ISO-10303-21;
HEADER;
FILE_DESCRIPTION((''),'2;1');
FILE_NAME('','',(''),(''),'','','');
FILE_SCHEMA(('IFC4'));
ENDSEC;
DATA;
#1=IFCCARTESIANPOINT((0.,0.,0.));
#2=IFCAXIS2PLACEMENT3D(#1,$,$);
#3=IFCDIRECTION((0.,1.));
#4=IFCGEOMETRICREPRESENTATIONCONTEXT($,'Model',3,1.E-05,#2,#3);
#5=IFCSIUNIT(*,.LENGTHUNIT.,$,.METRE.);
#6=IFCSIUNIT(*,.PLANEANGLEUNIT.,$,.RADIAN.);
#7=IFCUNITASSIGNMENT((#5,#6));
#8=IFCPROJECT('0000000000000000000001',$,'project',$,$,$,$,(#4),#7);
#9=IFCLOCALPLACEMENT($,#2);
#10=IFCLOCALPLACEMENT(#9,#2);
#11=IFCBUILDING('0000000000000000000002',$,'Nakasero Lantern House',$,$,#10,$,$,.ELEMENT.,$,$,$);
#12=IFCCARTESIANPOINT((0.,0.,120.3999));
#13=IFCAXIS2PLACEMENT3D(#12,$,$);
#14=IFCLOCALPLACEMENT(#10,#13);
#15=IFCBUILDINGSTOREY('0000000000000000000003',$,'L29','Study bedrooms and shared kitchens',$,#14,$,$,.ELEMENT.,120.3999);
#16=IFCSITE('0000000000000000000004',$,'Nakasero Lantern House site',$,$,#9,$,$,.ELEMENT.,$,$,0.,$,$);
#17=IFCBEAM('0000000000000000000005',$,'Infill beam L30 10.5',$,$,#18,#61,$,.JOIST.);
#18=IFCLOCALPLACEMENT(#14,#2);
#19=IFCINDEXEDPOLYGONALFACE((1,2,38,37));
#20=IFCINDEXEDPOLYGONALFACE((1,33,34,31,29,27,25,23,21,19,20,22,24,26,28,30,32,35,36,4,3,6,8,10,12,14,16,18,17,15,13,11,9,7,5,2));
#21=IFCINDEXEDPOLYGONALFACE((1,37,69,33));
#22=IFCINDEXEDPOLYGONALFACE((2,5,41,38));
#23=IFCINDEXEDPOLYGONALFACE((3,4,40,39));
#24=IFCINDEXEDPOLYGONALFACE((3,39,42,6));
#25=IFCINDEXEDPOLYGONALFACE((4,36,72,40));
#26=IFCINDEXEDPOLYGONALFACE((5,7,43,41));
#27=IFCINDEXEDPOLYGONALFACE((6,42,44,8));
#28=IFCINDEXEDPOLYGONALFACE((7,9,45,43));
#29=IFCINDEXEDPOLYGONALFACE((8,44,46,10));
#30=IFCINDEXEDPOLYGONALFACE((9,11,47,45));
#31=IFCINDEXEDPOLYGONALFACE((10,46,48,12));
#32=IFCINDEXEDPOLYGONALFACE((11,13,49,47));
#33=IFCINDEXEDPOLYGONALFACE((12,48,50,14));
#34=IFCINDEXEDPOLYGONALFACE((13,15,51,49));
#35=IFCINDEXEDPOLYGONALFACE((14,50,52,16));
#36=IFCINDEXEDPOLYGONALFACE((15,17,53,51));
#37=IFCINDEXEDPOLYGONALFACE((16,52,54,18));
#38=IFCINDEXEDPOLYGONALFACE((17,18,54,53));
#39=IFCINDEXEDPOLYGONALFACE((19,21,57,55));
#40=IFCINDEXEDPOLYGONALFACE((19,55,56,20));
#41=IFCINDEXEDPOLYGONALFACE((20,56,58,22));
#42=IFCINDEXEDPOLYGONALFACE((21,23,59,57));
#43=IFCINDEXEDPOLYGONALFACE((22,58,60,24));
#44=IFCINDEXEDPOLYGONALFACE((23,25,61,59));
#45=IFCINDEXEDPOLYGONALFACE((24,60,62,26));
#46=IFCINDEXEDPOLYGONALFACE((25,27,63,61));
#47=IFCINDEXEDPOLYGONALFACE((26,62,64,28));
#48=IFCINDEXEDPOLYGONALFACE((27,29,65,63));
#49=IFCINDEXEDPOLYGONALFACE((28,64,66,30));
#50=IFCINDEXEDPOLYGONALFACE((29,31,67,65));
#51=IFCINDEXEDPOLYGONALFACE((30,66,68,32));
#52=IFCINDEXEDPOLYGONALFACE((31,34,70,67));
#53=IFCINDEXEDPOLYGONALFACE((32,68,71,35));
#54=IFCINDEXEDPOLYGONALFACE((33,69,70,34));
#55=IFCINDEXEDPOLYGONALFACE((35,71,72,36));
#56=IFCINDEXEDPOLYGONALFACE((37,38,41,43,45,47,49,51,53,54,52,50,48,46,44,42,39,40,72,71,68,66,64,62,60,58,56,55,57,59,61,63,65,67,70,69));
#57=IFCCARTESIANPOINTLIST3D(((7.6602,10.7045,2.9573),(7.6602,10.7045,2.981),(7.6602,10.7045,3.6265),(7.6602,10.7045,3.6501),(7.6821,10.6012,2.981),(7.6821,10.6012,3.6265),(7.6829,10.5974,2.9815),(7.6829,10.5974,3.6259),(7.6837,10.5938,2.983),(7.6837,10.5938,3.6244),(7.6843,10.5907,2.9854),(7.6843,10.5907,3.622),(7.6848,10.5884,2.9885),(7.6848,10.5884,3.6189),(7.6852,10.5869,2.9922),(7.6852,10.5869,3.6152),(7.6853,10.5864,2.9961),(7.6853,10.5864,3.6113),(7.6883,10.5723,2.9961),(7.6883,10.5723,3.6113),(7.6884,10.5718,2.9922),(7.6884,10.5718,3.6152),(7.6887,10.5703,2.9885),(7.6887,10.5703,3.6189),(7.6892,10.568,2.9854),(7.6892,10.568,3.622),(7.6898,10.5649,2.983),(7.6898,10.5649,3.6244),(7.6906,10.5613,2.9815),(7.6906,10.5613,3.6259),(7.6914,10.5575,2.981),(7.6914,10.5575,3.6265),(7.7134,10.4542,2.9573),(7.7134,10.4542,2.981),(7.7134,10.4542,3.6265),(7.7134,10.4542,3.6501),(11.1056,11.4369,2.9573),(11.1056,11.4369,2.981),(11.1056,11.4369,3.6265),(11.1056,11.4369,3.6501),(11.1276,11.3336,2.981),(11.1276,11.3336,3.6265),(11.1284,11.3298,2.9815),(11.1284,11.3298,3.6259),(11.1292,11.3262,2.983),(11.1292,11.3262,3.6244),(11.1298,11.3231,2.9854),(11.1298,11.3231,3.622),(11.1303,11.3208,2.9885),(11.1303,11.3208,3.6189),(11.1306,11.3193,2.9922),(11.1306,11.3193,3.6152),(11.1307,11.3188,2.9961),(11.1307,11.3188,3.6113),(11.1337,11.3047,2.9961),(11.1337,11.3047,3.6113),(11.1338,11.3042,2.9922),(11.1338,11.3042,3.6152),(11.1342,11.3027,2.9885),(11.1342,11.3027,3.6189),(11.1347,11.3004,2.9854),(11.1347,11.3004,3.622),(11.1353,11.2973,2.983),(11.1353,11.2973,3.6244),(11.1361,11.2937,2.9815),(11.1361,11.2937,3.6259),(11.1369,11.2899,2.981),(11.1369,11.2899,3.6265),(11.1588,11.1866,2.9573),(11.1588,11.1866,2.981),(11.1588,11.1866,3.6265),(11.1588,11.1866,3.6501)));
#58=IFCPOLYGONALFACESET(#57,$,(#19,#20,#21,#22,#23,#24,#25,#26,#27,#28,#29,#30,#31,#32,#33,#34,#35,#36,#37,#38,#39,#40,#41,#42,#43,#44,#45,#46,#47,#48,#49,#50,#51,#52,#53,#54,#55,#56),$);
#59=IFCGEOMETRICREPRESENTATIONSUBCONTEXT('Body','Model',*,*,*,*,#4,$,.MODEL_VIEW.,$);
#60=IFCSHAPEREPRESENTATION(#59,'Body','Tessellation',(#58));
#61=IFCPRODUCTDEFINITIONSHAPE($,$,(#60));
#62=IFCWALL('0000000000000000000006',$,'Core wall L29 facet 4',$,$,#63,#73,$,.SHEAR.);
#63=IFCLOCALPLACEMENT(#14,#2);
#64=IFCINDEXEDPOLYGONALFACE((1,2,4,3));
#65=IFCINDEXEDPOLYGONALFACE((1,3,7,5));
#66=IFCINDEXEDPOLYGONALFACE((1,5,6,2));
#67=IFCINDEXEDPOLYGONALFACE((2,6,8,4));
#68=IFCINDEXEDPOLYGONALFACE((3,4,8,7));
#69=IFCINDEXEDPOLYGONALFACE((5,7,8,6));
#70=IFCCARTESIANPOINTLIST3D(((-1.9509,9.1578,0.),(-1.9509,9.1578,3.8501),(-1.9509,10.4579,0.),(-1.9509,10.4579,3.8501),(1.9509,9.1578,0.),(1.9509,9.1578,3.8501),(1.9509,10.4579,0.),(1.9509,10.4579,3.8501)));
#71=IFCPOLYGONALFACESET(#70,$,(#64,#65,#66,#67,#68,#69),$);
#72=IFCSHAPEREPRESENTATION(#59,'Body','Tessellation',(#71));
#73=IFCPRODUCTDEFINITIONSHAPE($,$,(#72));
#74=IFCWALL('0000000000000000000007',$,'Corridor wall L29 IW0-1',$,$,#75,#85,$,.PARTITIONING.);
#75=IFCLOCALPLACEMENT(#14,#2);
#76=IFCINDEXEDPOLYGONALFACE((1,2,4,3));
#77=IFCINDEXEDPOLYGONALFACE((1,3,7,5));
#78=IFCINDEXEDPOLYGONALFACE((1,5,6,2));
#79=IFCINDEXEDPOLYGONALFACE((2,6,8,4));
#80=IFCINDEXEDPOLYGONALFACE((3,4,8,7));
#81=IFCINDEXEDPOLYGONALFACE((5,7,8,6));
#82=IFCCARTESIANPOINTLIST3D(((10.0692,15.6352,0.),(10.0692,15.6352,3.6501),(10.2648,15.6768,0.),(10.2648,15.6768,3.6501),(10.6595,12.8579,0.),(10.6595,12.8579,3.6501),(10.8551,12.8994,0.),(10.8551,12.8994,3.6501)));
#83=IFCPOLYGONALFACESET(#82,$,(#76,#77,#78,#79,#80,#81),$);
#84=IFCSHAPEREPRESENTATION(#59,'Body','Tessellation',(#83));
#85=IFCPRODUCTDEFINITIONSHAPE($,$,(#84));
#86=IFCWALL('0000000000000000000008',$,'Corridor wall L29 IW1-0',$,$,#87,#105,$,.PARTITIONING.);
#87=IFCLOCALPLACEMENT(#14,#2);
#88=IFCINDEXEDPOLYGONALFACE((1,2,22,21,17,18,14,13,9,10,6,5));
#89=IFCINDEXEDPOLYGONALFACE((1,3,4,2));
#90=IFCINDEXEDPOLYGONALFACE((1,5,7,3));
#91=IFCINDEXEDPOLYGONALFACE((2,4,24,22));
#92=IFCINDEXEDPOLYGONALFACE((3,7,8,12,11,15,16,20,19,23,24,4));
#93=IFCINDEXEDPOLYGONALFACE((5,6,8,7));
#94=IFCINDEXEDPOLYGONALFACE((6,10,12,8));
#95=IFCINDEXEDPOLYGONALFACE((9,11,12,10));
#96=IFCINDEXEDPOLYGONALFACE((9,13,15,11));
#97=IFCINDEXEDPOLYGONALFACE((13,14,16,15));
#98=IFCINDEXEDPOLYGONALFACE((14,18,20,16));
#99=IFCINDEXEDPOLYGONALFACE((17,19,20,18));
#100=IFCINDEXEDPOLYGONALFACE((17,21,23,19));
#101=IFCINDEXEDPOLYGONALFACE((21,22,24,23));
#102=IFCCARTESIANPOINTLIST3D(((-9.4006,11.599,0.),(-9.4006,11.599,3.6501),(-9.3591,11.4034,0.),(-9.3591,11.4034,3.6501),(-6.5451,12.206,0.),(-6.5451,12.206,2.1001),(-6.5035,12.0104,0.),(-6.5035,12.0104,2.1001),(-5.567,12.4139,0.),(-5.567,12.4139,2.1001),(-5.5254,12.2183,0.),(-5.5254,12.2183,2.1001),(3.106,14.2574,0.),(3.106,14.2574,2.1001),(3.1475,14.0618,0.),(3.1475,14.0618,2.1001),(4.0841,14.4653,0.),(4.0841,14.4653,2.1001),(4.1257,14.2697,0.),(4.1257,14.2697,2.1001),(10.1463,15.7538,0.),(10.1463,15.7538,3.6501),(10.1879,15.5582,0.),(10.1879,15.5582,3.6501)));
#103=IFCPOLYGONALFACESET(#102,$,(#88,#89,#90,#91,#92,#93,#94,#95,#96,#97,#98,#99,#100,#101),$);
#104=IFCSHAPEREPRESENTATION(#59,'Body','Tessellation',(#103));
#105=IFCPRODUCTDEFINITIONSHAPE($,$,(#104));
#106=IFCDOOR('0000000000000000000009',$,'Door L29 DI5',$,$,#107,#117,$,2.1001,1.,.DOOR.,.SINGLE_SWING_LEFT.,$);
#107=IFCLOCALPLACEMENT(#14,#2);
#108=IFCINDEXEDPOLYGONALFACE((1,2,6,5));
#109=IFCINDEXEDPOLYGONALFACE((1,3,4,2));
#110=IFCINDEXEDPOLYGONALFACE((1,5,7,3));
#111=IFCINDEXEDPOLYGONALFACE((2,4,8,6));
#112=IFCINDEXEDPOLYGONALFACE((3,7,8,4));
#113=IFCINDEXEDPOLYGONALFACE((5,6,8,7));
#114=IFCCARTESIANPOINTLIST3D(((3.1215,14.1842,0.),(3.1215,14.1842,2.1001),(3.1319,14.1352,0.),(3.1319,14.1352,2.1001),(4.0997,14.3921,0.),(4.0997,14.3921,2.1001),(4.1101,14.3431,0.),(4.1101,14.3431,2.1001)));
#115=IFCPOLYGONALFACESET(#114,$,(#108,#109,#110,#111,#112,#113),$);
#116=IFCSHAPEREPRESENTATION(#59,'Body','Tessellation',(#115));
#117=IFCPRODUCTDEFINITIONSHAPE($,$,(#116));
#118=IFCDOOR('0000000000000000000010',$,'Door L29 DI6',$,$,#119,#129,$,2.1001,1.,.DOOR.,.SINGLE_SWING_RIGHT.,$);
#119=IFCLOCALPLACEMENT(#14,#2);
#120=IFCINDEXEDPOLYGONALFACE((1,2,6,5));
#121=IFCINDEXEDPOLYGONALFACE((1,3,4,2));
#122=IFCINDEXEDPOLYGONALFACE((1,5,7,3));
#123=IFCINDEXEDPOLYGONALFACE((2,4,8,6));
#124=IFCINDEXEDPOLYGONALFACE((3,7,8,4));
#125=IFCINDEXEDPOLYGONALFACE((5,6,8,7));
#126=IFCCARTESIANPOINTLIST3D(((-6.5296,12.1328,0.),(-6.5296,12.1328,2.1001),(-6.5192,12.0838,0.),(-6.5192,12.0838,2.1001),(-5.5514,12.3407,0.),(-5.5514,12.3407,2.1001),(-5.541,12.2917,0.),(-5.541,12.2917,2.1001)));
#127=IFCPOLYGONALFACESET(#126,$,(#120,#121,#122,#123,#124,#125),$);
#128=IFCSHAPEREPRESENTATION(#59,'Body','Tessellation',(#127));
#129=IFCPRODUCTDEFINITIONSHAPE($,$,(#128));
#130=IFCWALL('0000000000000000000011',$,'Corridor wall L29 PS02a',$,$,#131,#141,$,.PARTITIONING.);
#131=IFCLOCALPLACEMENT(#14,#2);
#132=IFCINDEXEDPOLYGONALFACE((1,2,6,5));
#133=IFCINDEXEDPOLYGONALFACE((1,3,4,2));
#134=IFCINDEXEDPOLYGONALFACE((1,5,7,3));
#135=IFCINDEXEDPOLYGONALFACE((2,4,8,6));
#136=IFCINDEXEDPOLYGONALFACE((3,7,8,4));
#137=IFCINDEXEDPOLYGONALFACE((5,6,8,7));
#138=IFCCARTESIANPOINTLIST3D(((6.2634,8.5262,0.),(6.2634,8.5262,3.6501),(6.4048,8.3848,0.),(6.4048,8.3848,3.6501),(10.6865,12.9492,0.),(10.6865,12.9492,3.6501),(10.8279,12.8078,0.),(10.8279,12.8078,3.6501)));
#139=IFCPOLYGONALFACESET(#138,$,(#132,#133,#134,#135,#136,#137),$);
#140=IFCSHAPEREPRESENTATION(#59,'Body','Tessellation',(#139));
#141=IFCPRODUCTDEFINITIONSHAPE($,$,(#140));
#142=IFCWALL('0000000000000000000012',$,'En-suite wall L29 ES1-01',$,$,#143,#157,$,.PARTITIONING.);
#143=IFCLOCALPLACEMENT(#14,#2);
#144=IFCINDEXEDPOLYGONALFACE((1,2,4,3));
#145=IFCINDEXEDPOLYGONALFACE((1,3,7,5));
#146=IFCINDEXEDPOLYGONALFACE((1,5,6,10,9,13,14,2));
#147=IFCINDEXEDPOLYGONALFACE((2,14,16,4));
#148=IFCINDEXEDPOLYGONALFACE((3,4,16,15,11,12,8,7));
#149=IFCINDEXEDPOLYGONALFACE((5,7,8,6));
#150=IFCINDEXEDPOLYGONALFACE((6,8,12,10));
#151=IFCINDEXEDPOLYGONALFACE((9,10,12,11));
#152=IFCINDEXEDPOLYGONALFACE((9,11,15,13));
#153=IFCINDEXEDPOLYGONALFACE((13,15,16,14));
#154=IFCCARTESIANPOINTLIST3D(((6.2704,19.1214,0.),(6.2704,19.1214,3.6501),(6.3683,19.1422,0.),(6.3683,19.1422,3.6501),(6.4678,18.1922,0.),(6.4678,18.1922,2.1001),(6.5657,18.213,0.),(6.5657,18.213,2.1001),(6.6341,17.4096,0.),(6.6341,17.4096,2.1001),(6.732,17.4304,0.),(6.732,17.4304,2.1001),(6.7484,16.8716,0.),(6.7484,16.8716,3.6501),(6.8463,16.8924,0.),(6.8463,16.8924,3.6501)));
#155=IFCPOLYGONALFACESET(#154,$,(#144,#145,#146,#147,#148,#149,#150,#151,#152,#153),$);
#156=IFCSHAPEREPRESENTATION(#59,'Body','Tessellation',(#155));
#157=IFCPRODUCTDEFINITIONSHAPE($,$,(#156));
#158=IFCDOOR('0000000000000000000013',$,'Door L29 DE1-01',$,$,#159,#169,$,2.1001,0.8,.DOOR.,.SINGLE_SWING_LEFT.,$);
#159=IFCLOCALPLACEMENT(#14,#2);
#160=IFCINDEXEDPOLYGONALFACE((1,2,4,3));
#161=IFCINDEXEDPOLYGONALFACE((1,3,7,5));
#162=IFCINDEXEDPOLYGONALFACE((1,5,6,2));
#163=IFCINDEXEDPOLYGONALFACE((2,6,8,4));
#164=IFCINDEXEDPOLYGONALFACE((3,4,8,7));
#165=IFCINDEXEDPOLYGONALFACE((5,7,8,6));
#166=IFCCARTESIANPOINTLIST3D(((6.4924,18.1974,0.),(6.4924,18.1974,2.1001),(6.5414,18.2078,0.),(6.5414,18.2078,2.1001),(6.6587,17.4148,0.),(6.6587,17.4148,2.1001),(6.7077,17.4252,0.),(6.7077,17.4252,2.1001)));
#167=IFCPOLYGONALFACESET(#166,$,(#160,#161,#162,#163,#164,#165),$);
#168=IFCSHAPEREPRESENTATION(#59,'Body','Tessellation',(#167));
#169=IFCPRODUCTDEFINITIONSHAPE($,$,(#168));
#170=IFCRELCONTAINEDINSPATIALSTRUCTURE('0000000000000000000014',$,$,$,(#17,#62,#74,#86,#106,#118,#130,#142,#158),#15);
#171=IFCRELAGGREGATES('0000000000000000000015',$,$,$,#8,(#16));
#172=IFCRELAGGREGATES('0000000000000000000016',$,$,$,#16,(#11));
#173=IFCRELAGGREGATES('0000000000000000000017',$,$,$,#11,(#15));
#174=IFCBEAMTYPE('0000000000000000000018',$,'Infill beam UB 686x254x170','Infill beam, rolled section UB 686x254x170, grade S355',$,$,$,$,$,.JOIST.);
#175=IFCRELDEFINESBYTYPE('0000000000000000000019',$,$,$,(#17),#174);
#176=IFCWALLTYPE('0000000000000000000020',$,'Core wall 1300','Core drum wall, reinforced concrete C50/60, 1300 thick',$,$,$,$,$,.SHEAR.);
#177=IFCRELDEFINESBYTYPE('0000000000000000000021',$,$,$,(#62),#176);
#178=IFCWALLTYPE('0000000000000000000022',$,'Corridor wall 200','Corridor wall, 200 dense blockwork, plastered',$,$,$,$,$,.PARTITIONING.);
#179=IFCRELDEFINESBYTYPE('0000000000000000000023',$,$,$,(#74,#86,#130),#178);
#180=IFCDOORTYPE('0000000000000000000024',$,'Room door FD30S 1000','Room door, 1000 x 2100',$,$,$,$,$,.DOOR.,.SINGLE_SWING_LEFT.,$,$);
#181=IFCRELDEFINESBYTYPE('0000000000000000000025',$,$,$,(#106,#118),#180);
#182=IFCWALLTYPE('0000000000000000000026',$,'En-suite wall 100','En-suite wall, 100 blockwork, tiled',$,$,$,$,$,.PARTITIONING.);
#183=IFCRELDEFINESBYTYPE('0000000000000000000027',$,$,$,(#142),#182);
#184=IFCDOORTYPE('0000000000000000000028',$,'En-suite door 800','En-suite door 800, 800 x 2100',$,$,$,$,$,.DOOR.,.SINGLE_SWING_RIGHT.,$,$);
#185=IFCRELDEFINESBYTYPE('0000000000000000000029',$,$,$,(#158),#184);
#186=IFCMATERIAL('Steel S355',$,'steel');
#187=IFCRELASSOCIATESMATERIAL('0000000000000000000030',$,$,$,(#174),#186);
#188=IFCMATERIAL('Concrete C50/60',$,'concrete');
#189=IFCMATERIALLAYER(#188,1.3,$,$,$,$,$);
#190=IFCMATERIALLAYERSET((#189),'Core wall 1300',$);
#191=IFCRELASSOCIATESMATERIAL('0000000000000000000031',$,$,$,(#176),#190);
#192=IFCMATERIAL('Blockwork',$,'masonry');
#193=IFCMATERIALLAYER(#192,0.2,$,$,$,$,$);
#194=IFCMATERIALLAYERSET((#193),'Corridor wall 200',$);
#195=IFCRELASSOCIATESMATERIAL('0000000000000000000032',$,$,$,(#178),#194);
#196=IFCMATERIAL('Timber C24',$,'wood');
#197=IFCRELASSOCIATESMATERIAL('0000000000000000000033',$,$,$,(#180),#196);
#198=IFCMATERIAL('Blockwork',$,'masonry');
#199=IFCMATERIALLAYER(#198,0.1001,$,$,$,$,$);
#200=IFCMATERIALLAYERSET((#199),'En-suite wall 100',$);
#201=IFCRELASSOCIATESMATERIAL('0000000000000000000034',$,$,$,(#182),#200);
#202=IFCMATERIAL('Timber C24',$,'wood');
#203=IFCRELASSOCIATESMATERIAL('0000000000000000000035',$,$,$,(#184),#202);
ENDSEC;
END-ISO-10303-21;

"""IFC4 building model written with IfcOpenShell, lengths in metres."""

from ifc_helpers import new_model, si_unit, direction, frame, frame_2d, origin, origin_2d, place, context, subcontext, project, spatial, rectangle, i_section, extrude, material, layer, layer_set, material_profile, profile_set, type_object, element, fill, save


model = new_model("IFC4")

# Units and contexts
model_context = context("Model", 3, precision=1e-05, world=origin(), true_north=direction((0.0, 1.0)))
body_context = subcontext(model_context, "Body", "Model", "MODEL_VIEW")
ifc_project = project(units=[si_unit("LENGTHUNIT", "METRE"), si_unit("PLANEANGLEUNIT", "RADIAN")], contexts=[model_context])

# Site, building, storey
site_placement = place(None, origin())
site = spatial("IfcSite", under=ifc_project, at=site_placement, Name="Nakasero Lantern House site", CompositionType="ELEMENT", RefElevation=0.0)
building_placement = place(site_placement, origin())
building = spatial("IfcBuilding", under=site, at=building_placement, Name="Nakasero Lantern House", CompositionType="ELEMENT")
storey_placement = place(building_placement, frame((0.0, 0.0, 120.3999)))
storey = spatial("IfcBuildingStorey", under=building, at=storey_placement, Name="L29", Description="Study bedrooms and shared kitchens", CompositionType="ELEMENT", Elevation=120.3999)

# Beam
ifc_material_1 = material(Name="Steel S355", Category="steel")
ifc_material_profile_1 = material_profile(ifc_material_1, i_section(OverallWidth=0.2559, OverallDepth=0.6929, WebThickness=0.0144, FlangeThickness=0.0237, FilletRadius=0.0151, at=origin_2d()), Name="UB 686x254x170")
ifc_profile_set_1 = profile_set([ifc_material_profile_1], Name="Steel S355")
beam_type_1 = type_object("IfcBeamType", Name="Infill beam UB 686x254x170", Description="Infill beam, rolled section UB 686x254x170, grade S355", PredefinedType="JOIST", material=ifc_profile_set_1)
beam_1_placement = place(storey_placement, frame((7.6868, 10.5793, 3.3037), z_axis=(0.978145, 0.207924, 0.0), x_axis=(-0.207924, 0.978145, 0.0)))
element("IfcBeam", 1, at=beam_1_placement, inside=storey, type_object=beam_type_1, Name="Infill beam L30 10.5", PredefinedType="JOIST", context=body_context, shape_type="SweptSolid", body=[
    extrude(i_section(OverallWidth=0.2559, OverallDepth=0.6929, WebThickness=0.0144, FlangeThickness=0.0237, FilletRadius=0.0151, at=origin_2d()), origin(), (0.0, 0.0, 1.0), 3.5225),
])

# Walls
ifc_material_2 = material(Name="Concrete C50/60", Category="concrete")
ifc_layer_1 = layer(ifc_material_2, 1.3)
ifc_layer_set_1 = layer_set([ifc_layer_1], Name="Core wall 1300")
wall_type_1 = type_object("IfcWallType", Name="Core wall 1300", Description="Core drum wall, reinforced concrete C50/60, 1300 thick", PredefinedType="SHEAR", material=ifc_layer_set_1)
wall_1_placement = place(storey_placement, frame((1.9509, 9.8079, 0.0), z_axis=(0.0, 0.0, 1.0), x_axis=(-1.0, 0.0, 0.0)))
element("IfcWall", 2, at=wall_1_placement, inside=storey, type_object=wall_type_1, Name="Core wall L29 facet 4", PredefinedType="SHEAR", context=body_context, shape_type="SweptSolid", body=[
    extrude(rectangle(XDim=3.9019, YDim=1.3, at=frame_2d((1.9509, 0.0))), origin(), (0.0, 0.0, 1.0), 3.8501),
])
ifc_material_3 = material(Name="Blockwork", Category="masonry")
ifc_layer_2 = layer(ifc_material_3, 0.2)
ifc_layer_set_2 = layer_set([ifc_layer_2], Name="Corridor wall 200")
wall_type_2 = type_object("IfcWallType", Name="Corridor wall 200", Description="Corridor wall, 200 dense blockwork, plastered", PredefinedType="PARTITIONING", material=ifc_layer_set_2)
wall_2_placement = place(storey_placement, frame((10.7573, 12.8787, 0.0), z_axis=(0.0, 0.0, 1.0), x_axis=(-0.207908, 0.978148, 0.0)))
element("IfcWall", 3, at=wall_2_placement, inside=storey, type_object=wall_type_2, Name="Corridor wall L29 IW0-1", PredefinedType="PARTITIONING", context=body_context, shape_type="SweptSolid", body=[
    extrude(rectangle(XDim=2.8394, YDim=0.2, at=frame_2d((1.4197, 0.0))), origin(), (0.0, 0.0, 1.0), 3.6501),
])

# Wall, openings, doors
wall_3_placement = place(storey_placement, frame((10.167, 15.656, 0.0), z_axis=(0.0, 0.0, 1.0), x_axis=(-0.978148, -0.20791, 0.0)))
wall_3 = element("IfcWall", 4, at=wall_3_placement, inside=storey, type_object=wall_type_2, Name="Corridor wall L29 IW1-0", PredefinedType="PARTITIONING", context=body_context, shape_type="SweptSolid", body=[
    extrude(rectangle(XDim=19.9836, YDim=0.2, at=frame_2d((9.9917, 0.0))), origin(), (0.0, 0.0, 1.0), 3.6501),
])
opening_1_placement = place(wall_3_placement, frame((6.1975, 0.0, 0.0)))
opening_1 = element("IfcOpeningElement", 5, at=opening_1_placement, cuts=wall_3, PredefinedType="OPENING", context=body_context, shape_type="SweptSolid", body=[
    extrude(rectangle(XDim=1.0, YDim=2.1001, at=frame_2d((0.5, 1.05))), frame((0.0, 0.1199, 0.0), z_axis=(0.0, -1.0, 0.0), x_axis=(1.0, 0.0, 0.0)), (0.0, 0.0, 1.0), 0.24),
])
opening_2_placement = place(wall_3_placement, frame((16.0642, 0.0, 0.0)))
opening_2 = element("IfcOpeningElement", 6, at=opening_2_placement, cuts=wall_3, PredefinedType="OPENING", context=body_context, shape_type="SweptSolid", body=[
    extrude(rectangle(XDim=1.0, YDim=2.1001, at=frame_2d((0.5, 1.05))), frame((0.0, 0.1199, 0.0), z_axis=(0.0, -1.0, 0.0), x_axis=(1.0, 0.0, 0.0)), (0.0, 0.0, 1.0), 0.24),
])
ifc_material_4 = material(Name="Timber C24", Category="wood")
door_type_1 = type_object("IfcDoorType", Name="Room door FD30S 1000", Description="Room door, 1000 x 2100", OperationType="SINGLE_SWING_LEFT", PredefinedType="DOOR", material=ifc_material_4)
door_1_placement = place(opening_1_placement, origin())
door_1 = element("IfcDoor", 7, at=door_1_placement, inside=storey, type_object=door_type_1, Name="Door L29 DI5", OperationType="SINGLE_SWING_LEFT", OverallHeight=2.1001, OverallWidth=1.0, PredefinedType="DOOR", context=body_context, shape_type="SweptSolid", body=[
    extrude(rectangle(XDim=1.0, YDim=2.1001, at=frame_2d((0.5, 1.05))), frame((0.0, 0.0249, 0.0), z_axis=(0.0, -1.0, 0.0), x_axis=(1.0, 0.0, 0.0)), (0.0, 0.0, 1.0), 0.05),
])
fill(opening_1, door_1)
door_2_placement = place(opening_2_placement, origin())
door_2 = element("IfcDoor", 8, at=door_2_placement, inside=storey, type_object=door_type_1, Name="Door L29 DI6", OperationType="SINGLE_SWING_RIGHT", OverallHeight=2.1001, OverallWidth=1.0, PredefinedType="DOOR", context=body_context, shape_type="SweptSolid", body=[
    extrude(rectangle(XDim=1.0, YDim=2.1001, at=frame_2d((0.5, 1.05))), frame((0.0, 0.0249, 0.0), z_axis=(0.0, -1.0, 0.0), x_axis=(1.0, 0.0, 0.0)), (0.0, 0.0, 1.0), 0.05),
])
fill(opening_2, door_2)

# Wall
wall_4_placement = place(storey_placement, frame((6.3342, 8.4556, 0.0), z_axis=(0.0, 0.0, 1.0), x_axis=(0.707107, 0.707107, 0.0)))
element("IfcWall", 9, at=wall_4_placement, inside=storey, type_object=wall_type_2, Name="Corridor wall L29 PS02a", PredefinedType="PARTITIONING", context=body_context, shape_type="SweptSolid", body=[
    extrude(rectangle(XDim=6.2551, YDim=0.2, at=frame_2d((3.1274, 0.0))), origin(), (0.0, 0.0, 1.0), 3.6501),
])

# Wall, opening, door
ifc_material_5 = material(Name="Blockwork", Category="masonry")
ifc_layer_3 = layer(ifc_material_5, 0.1001)
ifc_layer_set_3 = layer_set([ifc_layer_3], Name="En-suite wall 100")
wall_type_3 = type_object("IfcWallType", Name="En-suite wall 100", Description="En-suite wall, 100 blockwork, tiled", PredefinedType="PARTITIONING", material=ifc_layer_set_3)
wall_5_placement = place(storey_placement, frame((6.7974, 16.8821, 0.0), z_axis=(0.0, 0.0, 1.0), x_axis=(-0.20784, 0.978163, 0.0)))
wall_5 = element("IfcWall", 10, at=wall_5_placement, inside=storey, type_object=wall_type_3, Name="En-suite wall L29 ES1-01", PredefinedType="PARTITIONING", context=body_context, shape_type="SweptSolid", body=[
    extrude(rectangle(XDim=2.3, YDim=0.1001, at=frame_2d((1.1499, 0.0))), origin(), (0.0, 0.0, 1.0), 3.6501),
])
opening_3_placement = place(wall_5_placement, frame((0.55, 0.0, 0.0)))
opening_3 = element("IfcOpeningElement", 11, at=opening_3_placement, cuts=wall_5, PredefinedType="OPENING", context=body_context, shape_type="SweptSolid", body=[
    extrude(rectangle(XDim=0.8, YDim=2.1001, at=frame_2d((0.3999, 1.05))), frame((0.0, 0.0701, 0.0), z_axis=(0.0, -1.0, 0.0), x_axis=(1.0, 0.0, 0.0)), (0.0, 0.0, 1.0), 0.1401),
])
ifc_material_6 = material(Name="Timber C24", Category="wood")
door_type_2 = type_object("IfcDoorType", Name="En-suite door 800", Description="En-suite door 800, 800 x 2100", OperationType="SINGLE_SWING_RIGHT", PredefinedType="DOOR", material=ifc_material_6)
door_3_placement = place(opening_3_placement, origin())
door_3 = element("IfcDoor", 12, at=door_3_placement, inside=storey, type_object=door_type_2, Name="Door L29 DE1-01", OperationType="SINGLE_SWING_LEFT", OverallHeight=2.1001, OverallWidth=0.8, PredefinedType="DOOR", context=body_context, shape_type="SweptSolid", body=[
    extrude(rectangle(XDim=0.8, YDim=2.1001, at=frame_2d((0.3999, 1.05))), frame((0.0, 0.0249, 0.0), z_axis=(0.0, -1.0, 0.0), x_axis=(1.0, 0.0, 0.0)), (0.0, 0.0, 1.0), 0.05),
])
fill(opening_3, door_3)

save(model, "model.ifc")
